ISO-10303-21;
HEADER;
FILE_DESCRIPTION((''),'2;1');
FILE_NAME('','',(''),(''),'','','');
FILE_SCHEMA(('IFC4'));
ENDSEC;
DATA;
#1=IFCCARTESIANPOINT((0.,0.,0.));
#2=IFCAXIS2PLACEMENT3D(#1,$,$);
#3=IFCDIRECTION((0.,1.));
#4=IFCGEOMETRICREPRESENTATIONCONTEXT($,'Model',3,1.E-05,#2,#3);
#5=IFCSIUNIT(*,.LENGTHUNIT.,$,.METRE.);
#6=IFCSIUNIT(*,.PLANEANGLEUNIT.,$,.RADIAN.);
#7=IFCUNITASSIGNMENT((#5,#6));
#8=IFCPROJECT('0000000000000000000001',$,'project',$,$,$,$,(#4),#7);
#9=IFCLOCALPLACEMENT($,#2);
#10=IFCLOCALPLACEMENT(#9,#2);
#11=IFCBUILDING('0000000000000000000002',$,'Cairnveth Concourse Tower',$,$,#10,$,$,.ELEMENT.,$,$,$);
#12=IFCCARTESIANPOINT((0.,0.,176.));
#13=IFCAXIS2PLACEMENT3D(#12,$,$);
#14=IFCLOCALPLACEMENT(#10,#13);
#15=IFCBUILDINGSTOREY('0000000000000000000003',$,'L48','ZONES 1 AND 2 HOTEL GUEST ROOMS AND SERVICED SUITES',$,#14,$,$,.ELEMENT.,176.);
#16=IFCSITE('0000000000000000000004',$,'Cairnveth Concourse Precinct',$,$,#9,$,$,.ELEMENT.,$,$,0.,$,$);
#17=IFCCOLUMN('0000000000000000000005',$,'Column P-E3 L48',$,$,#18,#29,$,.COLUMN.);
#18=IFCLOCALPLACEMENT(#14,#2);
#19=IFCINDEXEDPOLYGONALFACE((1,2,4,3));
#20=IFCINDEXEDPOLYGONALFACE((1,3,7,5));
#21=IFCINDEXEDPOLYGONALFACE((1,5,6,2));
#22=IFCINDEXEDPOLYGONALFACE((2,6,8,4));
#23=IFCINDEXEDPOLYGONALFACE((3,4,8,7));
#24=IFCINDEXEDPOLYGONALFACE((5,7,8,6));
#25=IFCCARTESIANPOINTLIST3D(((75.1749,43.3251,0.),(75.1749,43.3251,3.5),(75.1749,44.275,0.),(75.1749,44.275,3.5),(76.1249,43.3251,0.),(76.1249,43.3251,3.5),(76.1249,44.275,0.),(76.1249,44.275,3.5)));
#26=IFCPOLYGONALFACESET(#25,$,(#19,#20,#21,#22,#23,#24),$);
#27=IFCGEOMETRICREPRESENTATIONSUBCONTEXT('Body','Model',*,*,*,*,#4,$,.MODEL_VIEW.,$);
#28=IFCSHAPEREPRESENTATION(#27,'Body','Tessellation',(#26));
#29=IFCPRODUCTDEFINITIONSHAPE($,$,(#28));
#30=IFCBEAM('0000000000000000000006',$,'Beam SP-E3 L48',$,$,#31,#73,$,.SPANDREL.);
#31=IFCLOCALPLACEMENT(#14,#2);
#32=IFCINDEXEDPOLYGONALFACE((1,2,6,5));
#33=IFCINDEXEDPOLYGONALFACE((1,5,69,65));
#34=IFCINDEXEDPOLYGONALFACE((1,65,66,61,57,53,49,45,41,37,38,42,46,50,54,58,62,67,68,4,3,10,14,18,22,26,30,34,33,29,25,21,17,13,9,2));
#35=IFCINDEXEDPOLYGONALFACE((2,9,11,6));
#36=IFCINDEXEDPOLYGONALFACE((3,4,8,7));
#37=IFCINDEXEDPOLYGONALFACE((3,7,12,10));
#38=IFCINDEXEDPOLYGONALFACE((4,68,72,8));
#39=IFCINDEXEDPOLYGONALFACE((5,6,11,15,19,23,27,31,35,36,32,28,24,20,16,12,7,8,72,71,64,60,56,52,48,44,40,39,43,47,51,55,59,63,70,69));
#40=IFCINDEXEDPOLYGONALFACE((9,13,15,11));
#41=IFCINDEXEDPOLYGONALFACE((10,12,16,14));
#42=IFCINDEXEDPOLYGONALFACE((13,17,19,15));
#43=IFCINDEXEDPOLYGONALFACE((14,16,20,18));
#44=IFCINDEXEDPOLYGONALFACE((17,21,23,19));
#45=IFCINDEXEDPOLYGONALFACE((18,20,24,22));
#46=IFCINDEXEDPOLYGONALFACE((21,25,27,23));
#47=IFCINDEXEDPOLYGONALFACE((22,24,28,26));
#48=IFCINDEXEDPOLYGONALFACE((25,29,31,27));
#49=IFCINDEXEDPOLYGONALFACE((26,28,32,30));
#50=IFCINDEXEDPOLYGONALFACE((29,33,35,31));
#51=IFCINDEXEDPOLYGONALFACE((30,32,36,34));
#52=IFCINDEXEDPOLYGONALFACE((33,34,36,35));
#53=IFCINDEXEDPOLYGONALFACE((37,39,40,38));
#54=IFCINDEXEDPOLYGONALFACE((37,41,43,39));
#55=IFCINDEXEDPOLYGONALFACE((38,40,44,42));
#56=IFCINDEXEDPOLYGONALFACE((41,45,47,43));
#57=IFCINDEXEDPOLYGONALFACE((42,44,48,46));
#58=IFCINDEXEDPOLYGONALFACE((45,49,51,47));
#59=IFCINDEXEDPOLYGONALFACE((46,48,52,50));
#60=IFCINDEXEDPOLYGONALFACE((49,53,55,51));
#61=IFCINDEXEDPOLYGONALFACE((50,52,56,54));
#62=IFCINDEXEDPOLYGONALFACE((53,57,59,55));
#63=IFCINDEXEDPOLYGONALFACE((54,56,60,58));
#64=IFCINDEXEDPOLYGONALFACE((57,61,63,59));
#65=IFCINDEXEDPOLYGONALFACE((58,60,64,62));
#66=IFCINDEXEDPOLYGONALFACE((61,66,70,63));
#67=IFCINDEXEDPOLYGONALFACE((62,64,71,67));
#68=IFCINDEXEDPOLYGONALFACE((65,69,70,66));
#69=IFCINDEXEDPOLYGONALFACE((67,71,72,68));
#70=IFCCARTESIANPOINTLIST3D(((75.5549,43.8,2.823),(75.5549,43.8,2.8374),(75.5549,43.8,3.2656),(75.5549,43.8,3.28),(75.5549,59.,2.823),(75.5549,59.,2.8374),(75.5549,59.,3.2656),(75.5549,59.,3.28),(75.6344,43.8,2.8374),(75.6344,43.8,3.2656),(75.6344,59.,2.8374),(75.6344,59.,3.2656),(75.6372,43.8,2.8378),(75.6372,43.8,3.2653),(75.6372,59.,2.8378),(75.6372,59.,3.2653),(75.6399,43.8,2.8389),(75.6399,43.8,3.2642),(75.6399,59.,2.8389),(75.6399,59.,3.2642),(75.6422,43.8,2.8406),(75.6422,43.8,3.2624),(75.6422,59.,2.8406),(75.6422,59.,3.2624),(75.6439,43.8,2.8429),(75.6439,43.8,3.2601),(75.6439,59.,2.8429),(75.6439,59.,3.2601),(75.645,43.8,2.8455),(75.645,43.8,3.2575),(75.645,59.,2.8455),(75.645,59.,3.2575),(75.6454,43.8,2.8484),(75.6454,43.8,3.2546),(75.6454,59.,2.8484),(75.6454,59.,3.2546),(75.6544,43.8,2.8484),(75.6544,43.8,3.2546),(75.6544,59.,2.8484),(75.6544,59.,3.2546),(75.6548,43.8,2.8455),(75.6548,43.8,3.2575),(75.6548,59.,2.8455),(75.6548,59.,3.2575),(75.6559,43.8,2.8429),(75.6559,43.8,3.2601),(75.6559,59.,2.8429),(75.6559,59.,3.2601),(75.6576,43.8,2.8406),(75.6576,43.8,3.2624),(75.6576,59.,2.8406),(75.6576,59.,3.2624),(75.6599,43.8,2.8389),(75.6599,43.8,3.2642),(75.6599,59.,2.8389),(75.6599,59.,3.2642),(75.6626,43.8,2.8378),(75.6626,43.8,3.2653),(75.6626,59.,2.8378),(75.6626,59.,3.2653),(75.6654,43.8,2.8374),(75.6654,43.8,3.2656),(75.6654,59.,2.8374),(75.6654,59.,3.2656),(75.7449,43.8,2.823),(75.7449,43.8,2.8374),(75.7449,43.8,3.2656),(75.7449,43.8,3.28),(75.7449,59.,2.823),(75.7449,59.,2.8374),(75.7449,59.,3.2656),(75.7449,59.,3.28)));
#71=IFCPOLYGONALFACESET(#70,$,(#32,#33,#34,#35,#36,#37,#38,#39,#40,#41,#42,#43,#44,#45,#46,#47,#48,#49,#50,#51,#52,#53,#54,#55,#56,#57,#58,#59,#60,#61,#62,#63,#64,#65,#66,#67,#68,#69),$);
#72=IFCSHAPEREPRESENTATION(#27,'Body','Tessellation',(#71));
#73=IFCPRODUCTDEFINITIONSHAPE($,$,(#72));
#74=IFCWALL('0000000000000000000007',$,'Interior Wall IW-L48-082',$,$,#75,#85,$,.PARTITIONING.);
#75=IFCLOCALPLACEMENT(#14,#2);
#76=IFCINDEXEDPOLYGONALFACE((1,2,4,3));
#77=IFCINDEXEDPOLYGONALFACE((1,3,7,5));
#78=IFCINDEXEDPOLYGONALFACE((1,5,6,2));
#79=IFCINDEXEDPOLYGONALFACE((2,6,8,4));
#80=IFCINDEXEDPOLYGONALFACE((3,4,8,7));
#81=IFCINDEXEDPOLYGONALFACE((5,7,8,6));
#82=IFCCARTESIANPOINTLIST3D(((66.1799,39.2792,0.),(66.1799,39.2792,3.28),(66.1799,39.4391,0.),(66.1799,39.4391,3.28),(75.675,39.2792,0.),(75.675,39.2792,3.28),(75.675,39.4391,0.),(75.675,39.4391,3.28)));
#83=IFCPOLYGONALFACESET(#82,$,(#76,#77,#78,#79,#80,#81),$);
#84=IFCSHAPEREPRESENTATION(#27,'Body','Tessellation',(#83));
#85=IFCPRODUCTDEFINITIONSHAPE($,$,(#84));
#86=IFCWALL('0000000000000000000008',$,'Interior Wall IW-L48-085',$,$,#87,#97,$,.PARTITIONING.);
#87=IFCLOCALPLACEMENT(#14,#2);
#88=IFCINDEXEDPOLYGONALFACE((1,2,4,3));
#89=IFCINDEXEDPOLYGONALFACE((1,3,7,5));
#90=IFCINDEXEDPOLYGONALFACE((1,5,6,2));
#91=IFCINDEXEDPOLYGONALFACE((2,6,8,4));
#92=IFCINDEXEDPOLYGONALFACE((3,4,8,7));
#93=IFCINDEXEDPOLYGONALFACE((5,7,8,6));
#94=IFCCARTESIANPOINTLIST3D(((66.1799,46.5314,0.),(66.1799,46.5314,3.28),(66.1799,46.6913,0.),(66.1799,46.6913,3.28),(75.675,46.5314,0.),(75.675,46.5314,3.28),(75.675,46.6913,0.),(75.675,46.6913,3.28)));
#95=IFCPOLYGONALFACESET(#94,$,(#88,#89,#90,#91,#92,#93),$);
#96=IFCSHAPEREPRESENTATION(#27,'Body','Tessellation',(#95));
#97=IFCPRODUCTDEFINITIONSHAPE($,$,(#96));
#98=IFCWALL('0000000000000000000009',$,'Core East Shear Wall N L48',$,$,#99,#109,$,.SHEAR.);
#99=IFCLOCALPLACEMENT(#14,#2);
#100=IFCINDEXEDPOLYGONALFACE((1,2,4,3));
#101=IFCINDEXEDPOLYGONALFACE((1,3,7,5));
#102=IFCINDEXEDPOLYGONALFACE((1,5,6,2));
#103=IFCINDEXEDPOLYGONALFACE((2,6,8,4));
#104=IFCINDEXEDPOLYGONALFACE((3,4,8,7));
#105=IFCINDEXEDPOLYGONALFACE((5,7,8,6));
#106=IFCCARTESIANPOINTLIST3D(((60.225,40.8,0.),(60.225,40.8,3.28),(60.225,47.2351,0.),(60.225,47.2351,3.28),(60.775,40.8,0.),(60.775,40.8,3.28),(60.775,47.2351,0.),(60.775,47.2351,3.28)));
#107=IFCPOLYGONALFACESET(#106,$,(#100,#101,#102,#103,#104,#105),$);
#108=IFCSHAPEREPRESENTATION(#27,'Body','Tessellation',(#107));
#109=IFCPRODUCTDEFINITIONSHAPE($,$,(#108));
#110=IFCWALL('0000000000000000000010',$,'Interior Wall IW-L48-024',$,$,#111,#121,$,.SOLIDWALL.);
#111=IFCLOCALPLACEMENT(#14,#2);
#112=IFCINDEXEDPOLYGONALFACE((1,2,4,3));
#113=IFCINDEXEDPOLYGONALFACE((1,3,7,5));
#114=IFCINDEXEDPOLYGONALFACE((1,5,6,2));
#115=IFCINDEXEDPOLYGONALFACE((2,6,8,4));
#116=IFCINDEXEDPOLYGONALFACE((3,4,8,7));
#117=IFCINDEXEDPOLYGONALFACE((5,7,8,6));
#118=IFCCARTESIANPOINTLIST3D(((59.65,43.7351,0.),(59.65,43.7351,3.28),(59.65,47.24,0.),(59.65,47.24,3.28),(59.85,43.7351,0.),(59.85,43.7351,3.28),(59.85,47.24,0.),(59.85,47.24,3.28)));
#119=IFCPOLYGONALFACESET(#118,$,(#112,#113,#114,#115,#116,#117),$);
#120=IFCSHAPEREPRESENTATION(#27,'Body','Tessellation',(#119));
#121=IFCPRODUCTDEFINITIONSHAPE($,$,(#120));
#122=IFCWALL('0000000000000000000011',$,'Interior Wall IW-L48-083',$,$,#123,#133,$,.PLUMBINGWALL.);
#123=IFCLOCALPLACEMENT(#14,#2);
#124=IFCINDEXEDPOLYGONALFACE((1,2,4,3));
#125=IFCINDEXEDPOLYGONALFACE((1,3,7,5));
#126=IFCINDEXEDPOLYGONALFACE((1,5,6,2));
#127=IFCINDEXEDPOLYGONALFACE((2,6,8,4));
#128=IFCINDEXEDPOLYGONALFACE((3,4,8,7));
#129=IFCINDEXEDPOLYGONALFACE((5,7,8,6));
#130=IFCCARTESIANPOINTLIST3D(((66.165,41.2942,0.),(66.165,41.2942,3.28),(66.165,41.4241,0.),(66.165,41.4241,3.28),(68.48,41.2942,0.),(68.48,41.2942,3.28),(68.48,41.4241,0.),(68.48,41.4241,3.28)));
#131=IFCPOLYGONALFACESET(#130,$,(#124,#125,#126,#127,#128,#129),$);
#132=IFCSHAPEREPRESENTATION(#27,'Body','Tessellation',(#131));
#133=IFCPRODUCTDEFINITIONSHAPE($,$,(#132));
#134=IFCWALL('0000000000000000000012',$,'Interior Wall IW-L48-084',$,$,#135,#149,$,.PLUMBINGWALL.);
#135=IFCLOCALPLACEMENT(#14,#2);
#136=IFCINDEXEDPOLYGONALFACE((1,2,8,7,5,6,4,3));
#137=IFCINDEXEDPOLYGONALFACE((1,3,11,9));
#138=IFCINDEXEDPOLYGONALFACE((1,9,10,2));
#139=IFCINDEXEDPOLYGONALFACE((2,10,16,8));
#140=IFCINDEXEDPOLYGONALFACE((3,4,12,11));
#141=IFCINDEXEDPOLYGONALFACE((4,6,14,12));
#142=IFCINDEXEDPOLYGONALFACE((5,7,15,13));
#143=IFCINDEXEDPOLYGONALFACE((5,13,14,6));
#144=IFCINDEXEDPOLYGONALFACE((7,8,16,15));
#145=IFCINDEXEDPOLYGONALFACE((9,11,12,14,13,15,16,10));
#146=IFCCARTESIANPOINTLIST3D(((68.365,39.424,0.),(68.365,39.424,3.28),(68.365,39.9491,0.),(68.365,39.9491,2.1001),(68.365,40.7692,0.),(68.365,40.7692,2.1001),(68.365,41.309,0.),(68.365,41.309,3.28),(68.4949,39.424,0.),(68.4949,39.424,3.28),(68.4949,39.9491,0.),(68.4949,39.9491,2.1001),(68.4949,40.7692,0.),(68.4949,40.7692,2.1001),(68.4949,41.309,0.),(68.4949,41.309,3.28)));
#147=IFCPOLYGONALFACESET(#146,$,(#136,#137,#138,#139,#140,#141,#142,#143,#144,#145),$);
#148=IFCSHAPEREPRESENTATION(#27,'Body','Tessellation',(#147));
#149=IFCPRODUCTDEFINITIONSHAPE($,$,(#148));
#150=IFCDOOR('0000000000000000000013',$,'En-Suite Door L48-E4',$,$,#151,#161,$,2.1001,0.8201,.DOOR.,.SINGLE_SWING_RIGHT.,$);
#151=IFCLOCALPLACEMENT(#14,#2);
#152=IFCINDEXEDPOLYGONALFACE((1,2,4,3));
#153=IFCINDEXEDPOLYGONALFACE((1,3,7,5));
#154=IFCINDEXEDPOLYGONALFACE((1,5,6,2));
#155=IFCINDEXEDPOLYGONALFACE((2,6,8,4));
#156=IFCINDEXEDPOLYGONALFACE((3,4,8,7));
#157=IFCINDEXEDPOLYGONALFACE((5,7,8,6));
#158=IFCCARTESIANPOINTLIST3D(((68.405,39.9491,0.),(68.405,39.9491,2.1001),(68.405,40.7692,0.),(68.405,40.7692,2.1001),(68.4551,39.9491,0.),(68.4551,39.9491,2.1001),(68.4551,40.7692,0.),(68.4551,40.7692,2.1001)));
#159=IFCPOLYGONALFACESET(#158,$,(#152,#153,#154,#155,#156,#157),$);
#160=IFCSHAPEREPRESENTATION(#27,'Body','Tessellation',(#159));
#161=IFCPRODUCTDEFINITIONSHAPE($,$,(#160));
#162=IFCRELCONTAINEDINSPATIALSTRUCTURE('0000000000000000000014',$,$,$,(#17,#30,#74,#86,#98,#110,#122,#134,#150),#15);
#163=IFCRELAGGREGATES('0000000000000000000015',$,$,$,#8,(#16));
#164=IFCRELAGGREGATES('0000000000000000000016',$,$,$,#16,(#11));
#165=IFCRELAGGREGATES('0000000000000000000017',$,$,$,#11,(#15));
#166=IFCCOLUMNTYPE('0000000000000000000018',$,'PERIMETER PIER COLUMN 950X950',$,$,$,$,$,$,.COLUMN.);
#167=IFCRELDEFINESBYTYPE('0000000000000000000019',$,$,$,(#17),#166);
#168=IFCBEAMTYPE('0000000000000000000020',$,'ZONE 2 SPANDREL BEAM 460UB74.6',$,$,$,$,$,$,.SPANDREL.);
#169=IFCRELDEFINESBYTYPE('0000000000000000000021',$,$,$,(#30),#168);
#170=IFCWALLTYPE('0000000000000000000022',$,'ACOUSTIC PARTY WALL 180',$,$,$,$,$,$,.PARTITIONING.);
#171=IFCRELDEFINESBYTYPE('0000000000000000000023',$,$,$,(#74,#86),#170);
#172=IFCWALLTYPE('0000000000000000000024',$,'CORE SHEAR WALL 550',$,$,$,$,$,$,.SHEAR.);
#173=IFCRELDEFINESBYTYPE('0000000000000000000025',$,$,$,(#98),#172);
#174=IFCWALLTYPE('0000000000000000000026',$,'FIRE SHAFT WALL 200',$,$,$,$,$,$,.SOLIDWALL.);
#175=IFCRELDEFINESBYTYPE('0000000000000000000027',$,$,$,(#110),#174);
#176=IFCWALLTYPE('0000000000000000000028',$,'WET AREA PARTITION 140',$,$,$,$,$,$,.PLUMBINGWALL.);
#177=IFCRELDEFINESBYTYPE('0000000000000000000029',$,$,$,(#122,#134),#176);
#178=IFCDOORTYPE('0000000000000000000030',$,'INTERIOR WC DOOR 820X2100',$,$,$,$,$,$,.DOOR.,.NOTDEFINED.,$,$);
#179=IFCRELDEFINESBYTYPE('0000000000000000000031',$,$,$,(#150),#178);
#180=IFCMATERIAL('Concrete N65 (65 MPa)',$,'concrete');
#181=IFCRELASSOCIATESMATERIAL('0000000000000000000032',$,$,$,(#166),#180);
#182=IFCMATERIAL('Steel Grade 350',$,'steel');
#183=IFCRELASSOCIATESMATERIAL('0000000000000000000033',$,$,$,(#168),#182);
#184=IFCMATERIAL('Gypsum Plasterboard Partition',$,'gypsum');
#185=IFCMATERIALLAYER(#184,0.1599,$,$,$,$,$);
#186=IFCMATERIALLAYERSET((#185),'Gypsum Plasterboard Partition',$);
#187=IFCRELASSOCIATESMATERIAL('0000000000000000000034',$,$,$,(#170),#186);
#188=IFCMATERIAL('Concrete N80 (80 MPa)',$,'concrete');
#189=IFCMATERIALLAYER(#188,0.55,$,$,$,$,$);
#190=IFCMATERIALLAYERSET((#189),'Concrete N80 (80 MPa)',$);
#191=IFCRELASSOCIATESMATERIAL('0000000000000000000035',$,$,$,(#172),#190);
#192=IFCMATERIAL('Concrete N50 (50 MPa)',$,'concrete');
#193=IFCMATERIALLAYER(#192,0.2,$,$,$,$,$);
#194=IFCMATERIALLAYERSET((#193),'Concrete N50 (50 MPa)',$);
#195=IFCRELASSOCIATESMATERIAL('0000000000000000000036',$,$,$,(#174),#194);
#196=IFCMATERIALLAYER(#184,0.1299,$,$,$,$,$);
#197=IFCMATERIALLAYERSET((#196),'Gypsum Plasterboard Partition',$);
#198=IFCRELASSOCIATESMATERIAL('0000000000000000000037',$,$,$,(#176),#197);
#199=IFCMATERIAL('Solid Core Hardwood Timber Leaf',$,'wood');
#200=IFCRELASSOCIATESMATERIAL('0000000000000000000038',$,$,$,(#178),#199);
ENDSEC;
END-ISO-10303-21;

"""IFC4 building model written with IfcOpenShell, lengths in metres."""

from ifc_helpers import new_model, si_unit, direction, frame, frame_2d, origin, origin_2d, place, context, subcontext, project, spatial, rectangle, i_section, extrude, material, layer, layer_set, material_profile, profile_set, type_object, element, fill, save


model = new_model("IFC4")

# Units and contexts
model_context = context("Model", 3, precision=1e-05, world=origin(), true_north=direction((0.0, 1.0)))
body_context = subcontext(model_context, "Body", "Model", "MODEL_VIEW")
ifc_project = project(units=[si_unit("LENGTHUNIT", "METRE"), si_unit("PLANEANGLEUNIT", "RADIAN")], contexts=[model_context])

# Site, building, storey
site_placement = place(None, origin())
site = spatial("IfcSite", under=ifc_project, at=site_placement, Name="Cairnveth Concourse Precinct", CompositionType="ELEMENT", RefElevation=0.0)
building_placement = place(site_placement, origin())
building = spatial("IfcBuilding", under=site, at=building_placement, Name="Cairnveth Concourse Tower", CompositionType="ELEMENT")
storey_placement = place(building_placement, frame((0.0, 0.0, 176.0)))
storey = spatial("IfcBuildingStorey", under=building, at=storey_placement, Name="L48", Description="ZONES 1 AND 2 HOTEL GUEST ROOMS AND SERVICED SUITES", CompositionType="ELEMENT", Elevation=176.0)

# Column
ifc_material_1 = material(Name="Concrete N65 (65 MPa)", Category="concrete")
ifc_material_profile_1 = material_profile(ifc_material_1, rectangle(XDim=0.95, YDim=0.95, at=origin_2d()), Name="RC-COL-950x950")
ifc_profile_set_1 = profile_set([ifc_material_profile_1], Name="Concrete N65 (65 MPa)")
column_type = type_object("IfcColumnType", Name="PERIMETER PIER COLUMN 950X950", PredefinedType="COLUMN", material=ifc_profile_set_1)
column_placement = place(storey_placement, frame((75.6499, 43.8, 0.0), z_axis=(0.0, 0.0, 1.0), x_axis=(0.0, 1.0, 0.0)))
element("IfcColumn", 1, at=column_placement, inside=storey, type_object=column_type, Name="Column P-E3 L48", PredefinedType="COLUMN", context=body_context, shape_type="SweptSolid", body=[
    extrude(rectangle(XDim=0.95, YDim=0.95, at=origin_2d()), origin(), (0.0, 0.0, 1.0), 3.5),
])

# Beam
ifc_material_2 = material(Name="Steel Grade 350", Category="steel")
ifc_material_profile_2 = material_profile(ifc_material_2, i_section(OverallWidth=0.1899, OverallDepth=0.457, WebThickness=0.009, FlangeThickness=0.0144, FilletRadius=0.011, at=origin_2d()), Name="460UB74.6")
ifc_profile_set_2 = profile_set([ifc_material_profile_2], Name="Steel Grade 350")
beam_type = type_object("IfcBeamType", Name="ZONE 2 SPANDREL BEAM 460UB74.6", PredefinedType="SPANDREL", material=ifc_profile_set_2)
beam_placement = place(storey_placement, frame((75.6499, 43.8, 3.0515), z_axis=(0.0, 1.0, 0.0), x_axis=(-1.0, 0.0, 0.0)))
element("IfcBeam", 2, at=beam_placement, inside=storey, type_object=beam_type, Name="Beam SP-E3 L48", PredefinedType="SPANDREL", context=body_context, shape_type="SweptSolid", body=[
    extrude(i_section(OverallWidth=0.1899, OverallDepth=0.457, WebThickness=0.009, FlangeThickness=0.0144, FilletRadius=0.011, at=origin_2d()), origin(), (0.0, 0.0, 1.0), 15.2),
])

# Walls
ifc_material_3 = material(Name="Gypsum Plasterboard Partition", Category="gypsum")
ifc_layer_1 = layer(ifc_material_3, 0.1599)
ifc_layer_set_1 = layer_set([ifc_layer_1], Name="Gypsum Plasterboard Partition")
wall_type_1 = type_object("IfcWallType", Name="ACOUSTIC PARTY WALL 180", PredefinedType="PARTITIONING", material=ifc_layer_set_1)
for number, where, z_axis, x_axis, name in (
    (3, (66.1799, 39.3591, 0.0), (0.0, 0.0, 1.0), (1.0, 0.0, 0.0), "Interior Wall IW-L48-082"),
    (4, (66.1799, 46.6113, 0.0), (0.0, 0.0, 1.0), (1.0, 0.0, 0.0), "Interior Wall IW-L48-085"),
):
    element("IfcWall", number, at=place(storey_placement, frame(where, z_axis=z_axis, x_axis=x_axis)), inside=storey, type_object=wall_type_1, Name=name, PredefinedType="PARTITIONING", context=body_context, shape_type="SweptSolid", body=[
        extrude(rectangle(XDim=9.4951, YDim=0.1599, at=frame_2d((4.7476, 0.0))), origin(), (0.0, 0.0, 1.0), 3.28),
    ])
ifc_material_4 = material(Name="Concrete N80 (80 MPa)", Category="concrete")
ifc_layer_2 = layer(ifc_material_4, 0.55)
ifc_layer_set_2 = layer_set([ifc_layer_2], Name="Concrete N80 (80 MPa)")
wall_type_2 = type_object("IfcWallType", Name="CORE SHEAR WALL 550", PredefinedType="SHEAR", material=ifc_layer_set_2)
wall_1_placement = place(storey_placement, frame((60.5, 40.8, 0.0), z_axis=(0.0, 0.0, 1.0), x_axis=(0.0, 1.0, 0.0)))
element("IfcWall", 5, at=wall_1_placement, inside=storey, type_object=wall_type_2, Name="Core East Shear Wall N L48", PredefinedType="SHEAR", context=body_context, shape_type="SweptSolid", body=[
    extrude(rectangle(XDim=6.4351, YDim=0.55, at=frame_2d((3.2175, 0.0))), origin(), (0.0, 0.0, 1.0), 3.28),
])

# Shared definitions
ifc_material_5 = material(Name="Concrete N50 (50 MPa)", Category="concrete")
ifc_layer_3 = layer(ifc_material_5, 0.2)
ifc_layer_set_3 = layer_set([ifc_layer_3], Name="Concrete N50 (50 MPa)")
wall_type_3 = type_object("IfcWallType", Name="FIRE SHAFT WALL 200", PredefinedType="SOLIDWALL", material=ifc_layer_set_3)

# Walls
wall_2_placement = place(storey_placement, frame((59.75, 43.7351, 0.0), z_axis=(0.0, 0.0, 1.0), x_axis=(0.0, 1.0, 0.0)))
element("IfcWall", 6, at=wall_2_placement, inside=storey, type_object=wall_type_3, Name="Interior Wall IW-L48-024", PredefinedType="SOLIDWALL", context=body_context, shape_type="SweptSolid", body=[
    extrude(rectangle(XDim=3.5049, YDim=0.2, at=frame_2d((1.7524, 0.0))), origin(), (0.0, 0.0, 1.0), 3.28),
])
ifc_layer_4 = layer(ifc_material_3, 0.1299)
ifc_layer_set_4 = layer_set([ifc_layer_4], Name="Gypsum Plasterboard Partition")
wall_type_4 = type_object("IfcWallType", Name="WET AREA PARTITION 140", PredefinedType="PLUMBINGWALL", material=ifc_layer_set_4)
wall_3_placement = place(storey_placement, frame((66.165, 41.3591, 0.0), z_axis=(0.0, 0.0, 1.0), x_axis=(1.0, 0.0, 0.0)))
element("IfcWall", 7, at=wall_3_placement, inside=storey, type_object=wall_type_4, Name="Interior Wall IW-L48-083", PredefinedType="PLUMBINGWALL", context=body_context, shape_type="SweptSolid", body=[
    extrude(rectangle(XDim=2.3149, YDim=0.1299, at=frame_2d((1.1575, 0.0))), origin(), (0.0, 0.0, 1.0), 3.28),
])

# Wall, opening, door
wall_4_placement = place(storey_placement, frame((68.4299, 39.4241, 0.0), z_axis=(0.0, 0.0, 1.0), x_axis=(0.0, 1.0, 0.0)))
wall_4 = element("IfcWall", 8, at=wall_4_placement, inside=storey, type_object=wall_type_4, Name="Interior Wall IW-L48-084", PredefinedType="PLUMBINGWALL", context=body_context, shape_type="SweptSolid", body=[
    extrude(rectangle(XDim=1.885, YDim=0.1299, at=frame_2d((0.9424, 0.0))), origin(), (0.0, 0.0, 1.0), 3.28),
])
opening_1_placement = place(wall_4_placement, frame((0.5249, 0.0, 0.0)))
opening_1 = element("IfcOpeningElement", 9, at=opening_1_placement, cuts=wall_4, PredefinedType="OPENING", context=body_context, shape_type="SweptSolid", body=[
    extrude(rectangle(XDim=0.8201, YDim=2.1001, at=frame_2d((0.4102, 1.05))), frame((0.0, 0.075, 0.0), z_axis=(0.0, -1.0, 0.0), x_axis=(1.0, 0.0, 0.0)), (0.0, 0.0, 1.0), 0.1499),
])
ifc_material_6 = material(Name="Solid Core Hardwood Timber Leaf", Category="wood")
door_type_1 = type_object("IfcDoorType", Name="INTERIOR WC DOOR 820X2100", OperationType="NOTDEFINED", PredefinedType="DOOR", material=ifc_material_6)
door_1_placement = place(opening_1_placement, origin())
door_1 = element("IfcDoor", 10, at=door_1_placement, inside=storey, type_object=door_type_1, Name="En-Suite Door L48-E4", OperationType="SINGLE_SWING_RIGHT", OverallHeight=2.1001, OverallWidth=0.8201, PredefinedType="DOOR", context=body_context, shape_type="SweptSolid", body=[
    extrude(rectangle(XDim=0.8201, YDim=2.1001, at=frame_2d((0.4102, 1.05))), frame((0.0, 0.0249, 0.0), z_axis=(0.0, -1.0, 0.0), x_axis=(1.0, 0.0, 0.0)), (0.0, 0.0, 1.0), 0.05),
])
fill(opening_1, door_1)

save(model, "model.ifc")
